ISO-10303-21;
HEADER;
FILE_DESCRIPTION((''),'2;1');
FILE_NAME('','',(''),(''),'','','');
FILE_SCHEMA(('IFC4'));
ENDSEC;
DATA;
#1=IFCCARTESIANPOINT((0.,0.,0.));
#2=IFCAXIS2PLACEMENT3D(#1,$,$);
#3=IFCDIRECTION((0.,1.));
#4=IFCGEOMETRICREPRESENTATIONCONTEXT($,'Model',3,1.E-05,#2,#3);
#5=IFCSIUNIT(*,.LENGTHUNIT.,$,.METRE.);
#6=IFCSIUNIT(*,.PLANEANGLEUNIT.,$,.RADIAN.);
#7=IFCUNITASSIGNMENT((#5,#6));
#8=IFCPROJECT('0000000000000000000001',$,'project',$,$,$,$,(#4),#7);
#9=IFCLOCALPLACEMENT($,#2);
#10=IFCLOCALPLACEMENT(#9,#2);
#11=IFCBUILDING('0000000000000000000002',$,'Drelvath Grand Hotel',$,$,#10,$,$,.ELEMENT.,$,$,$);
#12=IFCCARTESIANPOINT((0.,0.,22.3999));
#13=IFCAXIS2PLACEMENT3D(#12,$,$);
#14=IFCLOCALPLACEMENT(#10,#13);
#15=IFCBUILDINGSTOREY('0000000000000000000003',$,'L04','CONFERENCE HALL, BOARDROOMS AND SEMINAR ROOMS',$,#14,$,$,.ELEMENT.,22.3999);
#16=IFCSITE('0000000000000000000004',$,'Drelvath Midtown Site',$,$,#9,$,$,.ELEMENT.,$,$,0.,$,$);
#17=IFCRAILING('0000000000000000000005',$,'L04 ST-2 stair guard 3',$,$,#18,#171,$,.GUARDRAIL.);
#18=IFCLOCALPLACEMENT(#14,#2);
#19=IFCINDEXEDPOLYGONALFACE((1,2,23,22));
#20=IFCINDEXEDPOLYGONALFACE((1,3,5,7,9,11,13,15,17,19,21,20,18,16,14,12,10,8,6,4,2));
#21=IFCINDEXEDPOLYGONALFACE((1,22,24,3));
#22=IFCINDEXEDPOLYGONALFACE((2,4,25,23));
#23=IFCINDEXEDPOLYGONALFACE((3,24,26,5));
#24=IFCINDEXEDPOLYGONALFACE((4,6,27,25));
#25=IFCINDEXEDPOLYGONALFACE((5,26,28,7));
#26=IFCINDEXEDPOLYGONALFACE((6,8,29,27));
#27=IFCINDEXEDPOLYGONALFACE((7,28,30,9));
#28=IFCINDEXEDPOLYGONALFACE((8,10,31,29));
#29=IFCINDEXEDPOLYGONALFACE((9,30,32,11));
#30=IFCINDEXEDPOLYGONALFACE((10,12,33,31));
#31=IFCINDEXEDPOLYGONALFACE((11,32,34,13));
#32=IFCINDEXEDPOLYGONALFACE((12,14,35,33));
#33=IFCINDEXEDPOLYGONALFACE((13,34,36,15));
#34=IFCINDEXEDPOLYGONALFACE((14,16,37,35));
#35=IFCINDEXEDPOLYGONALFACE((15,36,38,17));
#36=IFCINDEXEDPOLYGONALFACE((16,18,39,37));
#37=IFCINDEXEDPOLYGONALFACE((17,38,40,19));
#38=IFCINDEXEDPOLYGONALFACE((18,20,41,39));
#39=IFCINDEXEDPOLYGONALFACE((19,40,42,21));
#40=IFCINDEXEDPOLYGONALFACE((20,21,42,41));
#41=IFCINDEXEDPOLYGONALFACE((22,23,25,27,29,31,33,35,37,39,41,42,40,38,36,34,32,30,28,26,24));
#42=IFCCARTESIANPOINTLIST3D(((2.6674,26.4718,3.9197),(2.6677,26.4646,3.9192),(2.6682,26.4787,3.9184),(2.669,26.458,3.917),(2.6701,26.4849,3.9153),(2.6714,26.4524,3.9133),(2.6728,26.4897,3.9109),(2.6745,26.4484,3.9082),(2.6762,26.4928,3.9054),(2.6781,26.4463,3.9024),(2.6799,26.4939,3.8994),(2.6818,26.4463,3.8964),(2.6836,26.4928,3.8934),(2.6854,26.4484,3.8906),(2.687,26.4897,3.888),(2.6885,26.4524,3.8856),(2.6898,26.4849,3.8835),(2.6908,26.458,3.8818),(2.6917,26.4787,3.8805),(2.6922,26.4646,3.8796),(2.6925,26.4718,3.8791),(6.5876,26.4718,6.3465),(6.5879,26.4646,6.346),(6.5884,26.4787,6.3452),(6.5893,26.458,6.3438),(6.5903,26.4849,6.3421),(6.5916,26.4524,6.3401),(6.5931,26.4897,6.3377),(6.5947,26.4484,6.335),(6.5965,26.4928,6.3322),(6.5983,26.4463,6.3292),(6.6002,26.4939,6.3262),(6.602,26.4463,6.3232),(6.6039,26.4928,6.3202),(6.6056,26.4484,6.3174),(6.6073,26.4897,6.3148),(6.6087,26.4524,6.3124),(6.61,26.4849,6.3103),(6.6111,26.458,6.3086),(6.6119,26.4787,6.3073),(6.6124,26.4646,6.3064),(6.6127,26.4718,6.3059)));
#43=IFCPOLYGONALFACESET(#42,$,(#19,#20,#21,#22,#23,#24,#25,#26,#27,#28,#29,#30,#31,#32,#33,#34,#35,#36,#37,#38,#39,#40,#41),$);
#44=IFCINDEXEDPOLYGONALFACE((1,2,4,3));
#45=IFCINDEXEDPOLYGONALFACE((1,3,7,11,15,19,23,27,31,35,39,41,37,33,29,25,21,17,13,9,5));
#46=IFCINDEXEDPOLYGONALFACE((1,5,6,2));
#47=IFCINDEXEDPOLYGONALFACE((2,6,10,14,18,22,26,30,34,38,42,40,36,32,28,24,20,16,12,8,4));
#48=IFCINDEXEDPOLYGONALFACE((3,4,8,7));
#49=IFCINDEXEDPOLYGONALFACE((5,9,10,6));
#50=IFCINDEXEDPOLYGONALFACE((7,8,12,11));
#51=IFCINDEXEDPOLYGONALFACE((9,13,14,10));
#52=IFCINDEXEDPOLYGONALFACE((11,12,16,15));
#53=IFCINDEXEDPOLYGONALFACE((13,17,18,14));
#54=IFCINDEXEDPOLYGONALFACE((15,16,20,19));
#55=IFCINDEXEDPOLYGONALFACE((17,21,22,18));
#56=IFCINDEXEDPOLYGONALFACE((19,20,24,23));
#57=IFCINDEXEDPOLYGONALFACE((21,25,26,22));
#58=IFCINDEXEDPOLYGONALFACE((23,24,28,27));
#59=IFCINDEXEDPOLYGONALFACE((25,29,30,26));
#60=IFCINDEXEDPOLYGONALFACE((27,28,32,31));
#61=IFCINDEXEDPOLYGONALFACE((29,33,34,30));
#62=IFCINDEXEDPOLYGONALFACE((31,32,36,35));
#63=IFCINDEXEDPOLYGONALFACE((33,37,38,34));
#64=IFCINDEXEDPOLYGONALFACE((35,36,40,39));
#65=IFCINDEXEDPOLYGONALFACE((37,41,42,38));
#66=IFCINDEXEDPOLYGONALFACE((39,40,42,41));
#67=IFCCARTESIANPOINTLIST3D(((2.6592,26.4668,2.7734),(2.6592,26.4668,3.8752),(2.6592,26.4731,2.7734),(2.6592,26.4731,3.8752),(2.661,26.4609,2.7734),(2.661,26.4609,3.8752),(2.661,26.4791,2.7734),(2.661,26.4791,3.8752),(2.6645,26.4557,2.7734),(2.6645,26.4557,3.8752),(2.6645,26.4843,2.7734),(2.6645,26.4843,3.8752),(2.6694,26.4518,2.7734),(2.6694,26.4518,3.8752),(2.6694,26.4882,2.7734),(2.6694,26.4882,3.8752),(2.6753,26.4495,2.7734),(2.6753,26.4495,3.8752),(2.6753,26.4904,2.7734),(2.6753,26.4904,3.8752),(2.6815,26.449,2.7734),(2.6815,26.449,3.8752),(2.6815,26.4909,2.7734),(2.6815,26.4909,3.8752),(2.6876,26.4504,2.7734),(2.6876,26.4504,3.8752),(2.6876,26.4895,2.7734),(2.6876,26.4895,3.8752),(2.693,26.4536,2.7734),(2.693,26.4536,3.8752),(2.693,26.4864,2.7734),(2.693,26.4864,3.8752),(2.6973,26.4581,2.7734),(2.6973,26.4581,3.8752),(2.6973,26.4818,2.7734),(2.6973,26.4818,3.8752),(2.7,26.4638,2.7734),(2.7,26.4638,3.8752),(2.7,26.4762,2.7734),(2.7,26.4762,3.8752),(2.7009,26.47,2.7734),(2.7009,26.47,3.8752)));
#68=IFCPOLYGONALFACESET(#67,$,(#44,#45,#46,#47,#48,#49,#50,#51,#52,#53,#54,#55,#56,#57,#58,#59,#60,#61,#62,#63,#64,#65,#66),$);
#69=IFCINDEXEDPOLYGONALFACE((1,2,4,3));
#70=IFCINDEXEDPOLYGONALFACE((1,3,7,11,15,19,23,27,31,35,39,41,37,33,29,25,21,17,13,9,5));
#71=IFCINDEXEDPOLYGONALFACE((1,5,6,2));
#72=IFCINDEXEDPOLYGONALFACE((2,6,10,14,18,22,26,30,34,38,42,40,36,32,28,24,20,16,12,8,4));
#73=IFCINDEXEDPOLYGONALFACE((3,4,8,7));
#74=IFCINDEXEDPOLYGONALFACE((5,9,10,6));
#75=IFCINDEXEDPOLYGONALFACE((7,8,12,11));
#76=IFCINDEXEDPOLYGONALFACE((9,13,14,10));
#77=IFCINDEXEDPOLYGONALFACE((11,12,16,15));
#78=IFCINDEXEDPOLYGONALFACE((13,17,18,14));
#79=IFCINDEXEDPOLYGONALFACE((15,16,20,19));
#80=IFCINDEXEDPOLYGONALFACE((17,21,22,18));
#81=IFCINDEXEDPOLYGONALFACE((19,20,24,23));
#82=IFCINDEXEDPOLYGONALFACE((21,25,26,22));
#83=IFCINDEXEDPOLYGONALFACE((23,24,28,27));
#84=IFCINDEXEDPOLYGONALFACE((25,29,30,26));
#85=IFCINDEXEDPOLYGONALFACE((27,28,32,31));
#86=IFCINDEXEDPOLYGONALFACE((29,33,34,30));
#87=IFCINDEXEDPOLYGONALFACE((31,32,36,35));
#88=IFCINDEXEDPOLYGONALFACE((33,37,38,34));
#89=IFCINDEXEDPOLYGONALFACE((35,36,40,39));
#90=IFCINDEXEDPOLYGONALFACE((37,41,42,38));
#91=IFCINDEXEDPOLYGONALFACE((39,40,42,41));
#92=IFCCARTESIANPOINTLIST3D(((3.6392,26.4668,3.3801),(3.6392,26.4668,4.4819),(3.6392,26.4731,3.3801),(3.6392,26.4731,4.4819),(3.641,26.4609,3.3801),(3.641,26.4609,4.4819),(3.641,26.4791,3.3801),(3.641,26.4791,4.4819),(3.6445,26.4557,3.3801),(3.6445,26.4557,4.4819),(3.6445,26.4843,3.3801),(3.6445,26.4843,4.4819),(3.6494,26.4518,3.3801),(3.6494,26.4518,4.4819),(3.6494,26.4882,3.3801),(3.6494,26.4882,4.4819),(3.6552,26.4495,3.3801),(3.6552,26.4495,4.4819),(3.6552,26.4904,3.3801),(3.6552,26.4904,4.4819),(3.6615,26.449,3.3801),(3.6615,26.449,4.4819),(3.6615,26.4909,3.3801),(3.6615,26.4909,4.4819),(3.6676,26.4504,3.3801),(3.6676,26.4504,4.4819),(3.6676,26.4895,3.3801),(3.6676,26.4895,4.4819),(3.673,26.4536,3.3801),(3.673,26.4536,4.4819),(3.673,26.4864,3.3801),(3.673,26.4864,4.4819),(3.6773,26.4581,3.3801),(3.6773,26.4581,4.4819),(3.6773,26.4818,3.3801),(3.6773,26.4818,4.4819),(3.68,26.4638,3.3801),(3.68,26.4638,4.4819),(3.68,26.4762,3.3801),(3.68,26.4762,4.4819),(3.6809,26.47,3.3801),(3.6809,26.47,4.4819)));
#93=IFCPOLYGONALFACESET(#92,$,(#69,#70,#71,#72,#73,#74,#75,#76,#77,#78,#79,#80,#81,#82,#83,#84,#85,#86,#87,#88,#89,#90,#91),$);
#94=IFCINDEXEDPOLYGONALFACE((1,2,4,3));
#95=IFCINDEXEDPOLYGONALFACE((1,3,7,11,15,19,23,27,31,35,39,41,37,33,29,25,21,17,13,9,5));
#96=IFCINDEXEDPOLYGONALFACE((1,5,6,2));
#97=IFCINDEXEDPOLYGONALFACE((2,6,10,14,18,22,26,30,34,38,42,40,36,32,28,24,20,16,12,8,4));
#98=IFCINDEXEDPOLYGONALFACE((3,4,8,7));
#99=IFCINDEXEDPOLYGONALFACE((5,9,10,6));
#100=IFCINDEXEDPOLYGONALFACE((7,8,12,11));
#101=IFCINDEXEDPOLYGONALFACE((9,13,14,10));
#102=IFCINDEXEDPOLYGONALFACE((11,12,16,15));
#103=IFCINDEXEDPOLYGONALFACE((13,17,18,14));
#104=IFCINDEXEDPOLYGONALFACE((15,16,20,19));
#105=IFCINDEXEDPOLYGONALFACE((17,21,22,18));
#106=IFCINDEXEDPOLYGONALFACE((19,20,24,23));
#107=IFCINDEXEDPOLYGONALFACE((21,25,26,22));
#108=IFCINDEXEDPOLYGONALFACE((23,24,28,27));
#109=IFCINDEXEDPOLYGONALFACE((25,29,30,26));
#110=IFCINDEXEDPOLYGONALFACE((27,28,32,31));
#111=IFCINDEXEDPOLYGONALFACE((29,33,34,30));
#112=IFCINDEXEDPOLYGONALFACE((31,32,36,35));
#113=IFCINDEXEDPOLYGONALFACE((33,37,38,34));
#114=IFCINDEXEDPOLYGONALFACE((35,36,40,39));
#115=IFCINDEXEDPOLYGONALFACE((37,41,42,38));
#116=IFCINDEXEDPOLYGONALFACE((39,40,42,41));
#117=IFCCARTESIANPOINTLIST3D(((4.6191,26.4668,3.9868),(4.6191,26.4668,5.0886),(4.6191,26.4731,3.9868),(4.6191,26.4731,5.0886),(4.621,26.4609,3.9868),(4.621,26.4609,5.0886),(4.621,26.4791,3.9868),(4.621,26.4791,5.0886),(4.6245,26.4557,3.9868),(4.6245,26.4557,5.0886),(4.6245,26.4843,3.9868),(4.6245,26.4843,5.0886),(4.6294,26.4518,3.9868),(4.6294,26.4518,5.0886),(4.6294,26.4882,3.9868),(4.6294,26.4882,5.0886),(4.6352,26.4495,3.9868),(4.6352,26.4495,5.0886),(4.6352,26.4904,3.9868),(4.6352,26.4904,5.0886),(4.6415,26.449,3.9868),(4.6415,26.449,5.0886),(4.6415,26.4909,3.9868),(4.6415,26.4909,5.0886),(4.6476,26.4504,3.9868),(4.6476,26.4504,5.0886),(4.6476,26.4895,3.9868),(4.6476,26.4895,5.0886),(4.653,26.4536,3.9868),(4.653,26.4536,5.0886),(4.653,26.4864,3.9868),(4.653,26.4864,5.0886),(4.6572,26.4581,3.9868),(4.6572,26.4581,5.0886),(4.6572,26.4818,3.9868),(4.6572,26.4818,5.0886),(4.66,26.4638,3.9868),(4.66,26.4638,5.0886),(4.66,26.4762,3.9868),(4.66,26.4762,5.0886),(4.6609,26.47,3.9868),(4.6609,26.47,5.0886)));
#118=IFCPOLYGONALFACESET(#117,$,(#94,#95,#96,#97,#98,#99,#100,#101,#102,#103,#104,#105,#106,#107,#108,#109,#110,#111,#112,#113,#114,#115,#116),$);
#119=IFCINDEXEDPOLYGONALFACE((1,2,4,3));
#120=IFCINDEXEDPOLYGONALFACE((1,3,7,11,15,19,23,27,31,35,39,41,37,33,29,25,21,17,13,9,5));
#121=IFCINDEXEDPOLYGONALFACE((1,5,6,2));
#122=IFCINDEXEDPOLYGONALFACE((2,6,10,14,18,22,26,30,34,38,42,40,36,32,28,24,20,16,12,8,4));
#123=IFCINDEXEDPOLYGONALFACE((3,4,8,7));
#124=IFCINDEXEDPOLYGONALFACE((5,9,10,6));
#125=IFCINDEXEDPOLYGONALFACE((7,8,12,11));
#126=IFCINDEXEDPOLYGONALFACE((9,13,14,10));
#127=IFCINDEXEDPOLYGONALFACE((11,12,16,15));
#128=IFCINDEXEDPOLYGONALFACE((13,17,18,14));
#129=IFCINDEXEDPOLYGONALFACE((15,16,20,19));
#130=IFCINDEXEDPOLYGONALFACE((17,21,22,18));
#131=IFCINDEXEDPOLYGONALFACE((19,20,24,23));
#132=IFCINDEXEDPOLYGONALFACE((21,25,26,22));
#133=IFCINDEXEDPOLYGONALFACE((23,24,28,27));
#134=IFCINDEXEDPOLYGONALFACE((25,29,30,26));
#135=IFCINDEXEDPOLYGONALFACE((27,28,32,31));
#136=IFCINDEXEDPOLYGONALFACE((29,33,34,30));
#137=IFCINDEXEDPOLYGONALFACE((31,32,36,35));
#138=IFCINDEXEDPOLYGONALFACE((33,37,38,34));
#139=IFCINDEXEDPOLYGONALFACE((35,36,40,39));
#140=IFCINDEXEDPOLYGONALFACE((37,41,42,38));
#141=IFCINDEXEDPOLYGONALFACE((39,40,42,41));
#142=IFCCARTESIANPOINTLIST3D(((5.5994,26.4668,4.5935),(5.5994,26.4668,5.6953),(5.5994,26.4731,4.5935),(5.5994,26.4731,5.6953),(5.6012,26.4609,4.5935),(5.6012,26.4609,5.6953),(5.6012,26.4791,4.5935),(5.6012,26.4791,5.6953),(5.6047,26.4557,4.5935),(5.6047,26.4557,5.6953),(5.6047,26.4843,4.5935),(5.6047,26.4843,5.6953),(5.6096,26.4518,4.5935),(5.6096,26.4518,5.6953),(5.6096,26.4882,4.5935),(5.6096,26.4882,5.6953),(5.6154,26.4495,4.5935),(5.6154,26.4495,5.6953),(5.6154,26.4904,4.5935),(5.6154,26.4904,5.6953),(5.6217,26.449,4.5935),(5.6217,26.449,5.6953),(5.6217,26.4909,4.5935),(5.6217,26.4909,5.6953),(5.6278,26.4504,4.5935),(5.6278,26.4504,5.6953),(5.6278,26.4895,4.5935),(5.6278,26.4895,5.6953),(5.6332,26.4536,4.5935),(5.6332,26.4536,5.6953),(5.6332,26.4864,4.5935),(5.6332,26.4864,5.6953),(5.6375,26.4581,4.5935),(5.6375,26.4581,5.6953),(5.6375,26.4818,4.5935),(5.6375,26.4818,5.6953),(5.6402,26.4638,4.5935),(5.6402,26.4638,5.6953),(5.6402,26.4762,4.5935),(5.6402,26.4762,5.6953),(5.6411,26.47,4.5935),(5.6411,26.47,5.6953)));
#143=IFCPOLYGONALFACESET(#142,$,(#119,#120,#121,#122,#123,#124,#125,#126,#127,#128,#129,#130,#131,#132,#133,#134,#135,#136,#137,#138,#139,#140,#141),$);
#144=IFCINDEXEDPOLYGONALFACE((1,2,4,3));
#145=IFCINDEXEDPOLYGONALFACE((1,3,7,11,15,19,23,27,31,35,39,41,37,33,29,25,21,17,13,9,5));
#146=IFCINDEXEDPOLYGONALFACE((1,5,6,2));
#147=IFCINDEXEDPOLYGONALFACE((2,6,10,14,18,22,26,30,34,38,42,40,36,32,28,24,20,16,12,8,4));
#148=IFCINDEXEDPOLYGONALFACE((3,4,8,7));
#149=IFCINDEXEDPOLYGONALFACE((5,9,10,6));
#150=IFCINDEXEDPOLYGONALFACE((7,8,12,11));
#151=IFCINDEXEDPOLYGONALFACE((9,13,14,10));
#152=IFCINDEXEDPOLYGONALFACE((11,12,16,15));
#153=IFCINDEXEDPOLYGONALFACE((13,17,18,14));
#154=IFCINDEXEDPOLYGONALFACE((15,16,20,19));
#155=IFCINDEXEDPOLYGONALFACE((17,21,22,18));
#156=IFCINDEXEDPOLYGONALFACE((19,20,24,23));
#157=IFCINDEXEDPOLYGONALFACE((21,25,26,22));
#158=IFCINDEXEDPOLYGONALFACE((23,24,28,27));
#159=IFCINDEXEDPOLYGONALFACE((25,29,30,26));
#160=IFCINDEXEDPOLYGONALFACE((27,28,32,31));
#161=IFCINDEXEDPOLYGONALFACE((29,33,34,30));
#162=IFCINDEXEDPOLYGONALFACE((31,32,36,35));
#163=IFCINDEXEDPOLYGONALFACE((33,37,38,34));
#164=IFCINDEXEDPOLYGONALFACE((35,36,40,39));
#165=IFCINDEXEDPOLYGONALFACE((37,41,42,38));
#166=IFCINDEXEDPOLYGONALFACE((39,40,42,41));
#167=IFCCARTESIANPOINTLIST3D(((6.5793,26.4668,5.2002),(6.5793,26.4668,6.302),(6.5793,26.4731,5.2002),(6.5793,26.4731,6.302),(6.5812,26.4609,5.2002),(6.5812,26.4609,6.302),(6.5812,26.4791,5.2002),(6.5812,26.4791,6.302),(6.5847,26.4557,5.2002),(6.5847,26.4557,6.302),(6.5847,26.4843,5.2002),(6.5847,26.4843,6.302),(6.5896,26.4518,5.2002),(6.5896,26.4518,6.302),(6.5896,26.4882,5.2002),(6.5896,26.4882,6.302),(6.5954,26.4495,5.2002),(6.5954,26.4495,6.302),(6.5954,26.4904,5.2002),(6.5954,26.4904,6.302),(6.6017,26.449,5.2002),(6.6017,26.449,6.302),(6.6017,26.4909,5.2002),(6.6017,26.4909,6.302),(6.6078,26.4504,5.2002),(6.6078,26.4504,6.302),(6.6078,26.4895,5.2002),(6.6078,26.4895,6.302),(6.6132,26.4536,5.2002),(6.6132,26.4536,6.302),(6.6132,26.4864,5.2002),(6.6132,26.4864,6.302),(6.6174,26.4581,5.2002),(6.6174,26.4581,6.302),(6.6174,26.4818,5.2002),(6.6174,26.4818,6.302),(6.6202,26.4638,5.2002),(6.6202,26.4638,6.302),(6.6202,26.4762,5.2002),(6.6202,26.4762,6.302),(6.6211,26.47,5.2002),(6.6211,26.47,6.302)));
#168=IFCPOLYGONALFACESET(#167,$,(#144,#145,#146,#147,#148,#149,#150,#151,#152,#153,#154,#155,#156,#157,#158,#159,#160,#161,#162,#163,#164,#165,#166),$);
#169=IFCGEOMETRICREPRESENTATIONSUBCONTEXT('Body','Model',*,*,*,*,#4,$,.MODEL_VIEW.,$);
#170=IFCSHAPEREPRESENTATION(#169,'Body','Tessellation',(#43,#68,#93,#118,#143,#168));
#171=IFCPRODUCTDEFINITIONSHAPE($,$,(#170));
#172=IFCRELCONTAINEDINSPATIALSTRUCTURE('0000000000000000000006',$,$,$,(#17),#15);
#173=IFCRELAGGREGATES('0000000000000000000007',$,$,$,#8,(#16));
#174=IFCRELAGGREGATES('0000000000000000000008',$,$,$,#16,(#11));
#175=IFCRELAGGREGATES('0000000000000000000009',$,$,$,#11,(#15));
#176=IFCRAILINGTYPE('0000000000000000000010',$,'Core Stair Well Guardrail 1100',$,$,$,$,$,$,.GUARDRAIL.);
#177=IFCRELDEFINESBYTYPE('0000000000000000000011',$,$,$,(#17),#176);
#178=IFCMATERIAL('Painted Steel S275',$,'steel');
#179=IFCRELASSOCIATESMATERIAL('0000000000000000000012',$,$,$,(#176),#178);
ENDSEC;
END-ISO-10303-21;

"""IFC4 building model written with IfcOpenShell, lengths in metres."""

from ifc_helpers import new_model, si_unit, direction, frame, origin, origin_2d, place, context, subcontext, project, spatial, circle, extrude, material, type_object, element, save


model = new_model("IFC4")

# Units and contexts
model_context = context("Model", 3, precision=1e-05, world=origin(), true_north=direction((0.0, 1.0)))
body_context = subcontext(model_context, "Body", "Model", "MODEL_VIEW")
ifc_project = project(units=[si_unit("LENGTHUNIT", "METRE"), si_unit("PLANEANGLEUNIT", "RADIAN")], contexts=[model_context])

# Site, building, storey
site_placement = place(None, origin())
site = spatial("IfcSite", under=ifc_project, at=site_placement, Name="Drelvath Midtown Site", CompositionType="ELEMENT", RefElevation=0.0)
building_placement = place(site_placement, origin())
building = spatial("IfcBuilding", under=site, at=building_placement, Name="Drelvath Grand Hotel", CompositionType="ELEMENT")
storey_placement = place(building_placement, frame((0.0, 0.0, 22.3999)))
storey = spatial("IfcBuildingStorey", under=building, at=storey_placement, Name="L04", Description="CONFERENCE HALL, BOARDROOMS AND SEMINAR ROOMS", CompositionType="ELEMENT", Elevation=22.3999)

# Shared definitions
ifc_material_1 = material(Name="Painted Steel S275", Category="steel")

# Railing
railing_type_1 = type_object("IfcRailingType", Name="Core Stair Well Guardrail 1100", PredefinedType="GUARDRAIL", material=ifc_material_1)
railing_1_placement = place(storey_placement, frame((2.6799, 26.47, 2.7734)))
element("IfcRailing", 1, at=railing_1_placement, inside=storey, type_object=railing_type_1, Name="L04 ST-2 stair guard 3", PredefinedType="GUARDRAIL", context=body_context, shape_type="SweptSolid", body=[
    extrude(circle(Radius=0.0239, at=origin_2d()), frame((0.0, 0.0, 1.126), z_axis=(0.850266, 0.0, 0.526353), x_axis=(0.0, 1.0, 0.0)), (0.0, 0.0, 1.0), 4.6106),
    extrude(circle(Radius=0.021, at=origin_2d()), origin(), (0.0, 0.0, 1.0), 1.1018),
    extrude(circle(Radius=0.021, at=origin_2d()), frame((0.98, 0.0, 0.6067)), (0.0, 0.0, 1.0), 1.1018),
    extrude(circle(Radius=0.021, at=origin_2d()), frame((1.96, 0.0, 1.2134)), (0.0, 0.0, 1.0), 1.1018),
    extrude(circle(Radius=0.021, at=origin_2d()), frame((2.9402, 0.0, 1.8201)), (0.0, 0.0, 1.0), 1.1018),
    extrude(circle(Radius=0.021, at=origin_2d()), frame((3.9202, 0.0, 2.4268)), (0.0, 0.0, 1.0), 1.1018),
])

save(model, "model.ifc")
